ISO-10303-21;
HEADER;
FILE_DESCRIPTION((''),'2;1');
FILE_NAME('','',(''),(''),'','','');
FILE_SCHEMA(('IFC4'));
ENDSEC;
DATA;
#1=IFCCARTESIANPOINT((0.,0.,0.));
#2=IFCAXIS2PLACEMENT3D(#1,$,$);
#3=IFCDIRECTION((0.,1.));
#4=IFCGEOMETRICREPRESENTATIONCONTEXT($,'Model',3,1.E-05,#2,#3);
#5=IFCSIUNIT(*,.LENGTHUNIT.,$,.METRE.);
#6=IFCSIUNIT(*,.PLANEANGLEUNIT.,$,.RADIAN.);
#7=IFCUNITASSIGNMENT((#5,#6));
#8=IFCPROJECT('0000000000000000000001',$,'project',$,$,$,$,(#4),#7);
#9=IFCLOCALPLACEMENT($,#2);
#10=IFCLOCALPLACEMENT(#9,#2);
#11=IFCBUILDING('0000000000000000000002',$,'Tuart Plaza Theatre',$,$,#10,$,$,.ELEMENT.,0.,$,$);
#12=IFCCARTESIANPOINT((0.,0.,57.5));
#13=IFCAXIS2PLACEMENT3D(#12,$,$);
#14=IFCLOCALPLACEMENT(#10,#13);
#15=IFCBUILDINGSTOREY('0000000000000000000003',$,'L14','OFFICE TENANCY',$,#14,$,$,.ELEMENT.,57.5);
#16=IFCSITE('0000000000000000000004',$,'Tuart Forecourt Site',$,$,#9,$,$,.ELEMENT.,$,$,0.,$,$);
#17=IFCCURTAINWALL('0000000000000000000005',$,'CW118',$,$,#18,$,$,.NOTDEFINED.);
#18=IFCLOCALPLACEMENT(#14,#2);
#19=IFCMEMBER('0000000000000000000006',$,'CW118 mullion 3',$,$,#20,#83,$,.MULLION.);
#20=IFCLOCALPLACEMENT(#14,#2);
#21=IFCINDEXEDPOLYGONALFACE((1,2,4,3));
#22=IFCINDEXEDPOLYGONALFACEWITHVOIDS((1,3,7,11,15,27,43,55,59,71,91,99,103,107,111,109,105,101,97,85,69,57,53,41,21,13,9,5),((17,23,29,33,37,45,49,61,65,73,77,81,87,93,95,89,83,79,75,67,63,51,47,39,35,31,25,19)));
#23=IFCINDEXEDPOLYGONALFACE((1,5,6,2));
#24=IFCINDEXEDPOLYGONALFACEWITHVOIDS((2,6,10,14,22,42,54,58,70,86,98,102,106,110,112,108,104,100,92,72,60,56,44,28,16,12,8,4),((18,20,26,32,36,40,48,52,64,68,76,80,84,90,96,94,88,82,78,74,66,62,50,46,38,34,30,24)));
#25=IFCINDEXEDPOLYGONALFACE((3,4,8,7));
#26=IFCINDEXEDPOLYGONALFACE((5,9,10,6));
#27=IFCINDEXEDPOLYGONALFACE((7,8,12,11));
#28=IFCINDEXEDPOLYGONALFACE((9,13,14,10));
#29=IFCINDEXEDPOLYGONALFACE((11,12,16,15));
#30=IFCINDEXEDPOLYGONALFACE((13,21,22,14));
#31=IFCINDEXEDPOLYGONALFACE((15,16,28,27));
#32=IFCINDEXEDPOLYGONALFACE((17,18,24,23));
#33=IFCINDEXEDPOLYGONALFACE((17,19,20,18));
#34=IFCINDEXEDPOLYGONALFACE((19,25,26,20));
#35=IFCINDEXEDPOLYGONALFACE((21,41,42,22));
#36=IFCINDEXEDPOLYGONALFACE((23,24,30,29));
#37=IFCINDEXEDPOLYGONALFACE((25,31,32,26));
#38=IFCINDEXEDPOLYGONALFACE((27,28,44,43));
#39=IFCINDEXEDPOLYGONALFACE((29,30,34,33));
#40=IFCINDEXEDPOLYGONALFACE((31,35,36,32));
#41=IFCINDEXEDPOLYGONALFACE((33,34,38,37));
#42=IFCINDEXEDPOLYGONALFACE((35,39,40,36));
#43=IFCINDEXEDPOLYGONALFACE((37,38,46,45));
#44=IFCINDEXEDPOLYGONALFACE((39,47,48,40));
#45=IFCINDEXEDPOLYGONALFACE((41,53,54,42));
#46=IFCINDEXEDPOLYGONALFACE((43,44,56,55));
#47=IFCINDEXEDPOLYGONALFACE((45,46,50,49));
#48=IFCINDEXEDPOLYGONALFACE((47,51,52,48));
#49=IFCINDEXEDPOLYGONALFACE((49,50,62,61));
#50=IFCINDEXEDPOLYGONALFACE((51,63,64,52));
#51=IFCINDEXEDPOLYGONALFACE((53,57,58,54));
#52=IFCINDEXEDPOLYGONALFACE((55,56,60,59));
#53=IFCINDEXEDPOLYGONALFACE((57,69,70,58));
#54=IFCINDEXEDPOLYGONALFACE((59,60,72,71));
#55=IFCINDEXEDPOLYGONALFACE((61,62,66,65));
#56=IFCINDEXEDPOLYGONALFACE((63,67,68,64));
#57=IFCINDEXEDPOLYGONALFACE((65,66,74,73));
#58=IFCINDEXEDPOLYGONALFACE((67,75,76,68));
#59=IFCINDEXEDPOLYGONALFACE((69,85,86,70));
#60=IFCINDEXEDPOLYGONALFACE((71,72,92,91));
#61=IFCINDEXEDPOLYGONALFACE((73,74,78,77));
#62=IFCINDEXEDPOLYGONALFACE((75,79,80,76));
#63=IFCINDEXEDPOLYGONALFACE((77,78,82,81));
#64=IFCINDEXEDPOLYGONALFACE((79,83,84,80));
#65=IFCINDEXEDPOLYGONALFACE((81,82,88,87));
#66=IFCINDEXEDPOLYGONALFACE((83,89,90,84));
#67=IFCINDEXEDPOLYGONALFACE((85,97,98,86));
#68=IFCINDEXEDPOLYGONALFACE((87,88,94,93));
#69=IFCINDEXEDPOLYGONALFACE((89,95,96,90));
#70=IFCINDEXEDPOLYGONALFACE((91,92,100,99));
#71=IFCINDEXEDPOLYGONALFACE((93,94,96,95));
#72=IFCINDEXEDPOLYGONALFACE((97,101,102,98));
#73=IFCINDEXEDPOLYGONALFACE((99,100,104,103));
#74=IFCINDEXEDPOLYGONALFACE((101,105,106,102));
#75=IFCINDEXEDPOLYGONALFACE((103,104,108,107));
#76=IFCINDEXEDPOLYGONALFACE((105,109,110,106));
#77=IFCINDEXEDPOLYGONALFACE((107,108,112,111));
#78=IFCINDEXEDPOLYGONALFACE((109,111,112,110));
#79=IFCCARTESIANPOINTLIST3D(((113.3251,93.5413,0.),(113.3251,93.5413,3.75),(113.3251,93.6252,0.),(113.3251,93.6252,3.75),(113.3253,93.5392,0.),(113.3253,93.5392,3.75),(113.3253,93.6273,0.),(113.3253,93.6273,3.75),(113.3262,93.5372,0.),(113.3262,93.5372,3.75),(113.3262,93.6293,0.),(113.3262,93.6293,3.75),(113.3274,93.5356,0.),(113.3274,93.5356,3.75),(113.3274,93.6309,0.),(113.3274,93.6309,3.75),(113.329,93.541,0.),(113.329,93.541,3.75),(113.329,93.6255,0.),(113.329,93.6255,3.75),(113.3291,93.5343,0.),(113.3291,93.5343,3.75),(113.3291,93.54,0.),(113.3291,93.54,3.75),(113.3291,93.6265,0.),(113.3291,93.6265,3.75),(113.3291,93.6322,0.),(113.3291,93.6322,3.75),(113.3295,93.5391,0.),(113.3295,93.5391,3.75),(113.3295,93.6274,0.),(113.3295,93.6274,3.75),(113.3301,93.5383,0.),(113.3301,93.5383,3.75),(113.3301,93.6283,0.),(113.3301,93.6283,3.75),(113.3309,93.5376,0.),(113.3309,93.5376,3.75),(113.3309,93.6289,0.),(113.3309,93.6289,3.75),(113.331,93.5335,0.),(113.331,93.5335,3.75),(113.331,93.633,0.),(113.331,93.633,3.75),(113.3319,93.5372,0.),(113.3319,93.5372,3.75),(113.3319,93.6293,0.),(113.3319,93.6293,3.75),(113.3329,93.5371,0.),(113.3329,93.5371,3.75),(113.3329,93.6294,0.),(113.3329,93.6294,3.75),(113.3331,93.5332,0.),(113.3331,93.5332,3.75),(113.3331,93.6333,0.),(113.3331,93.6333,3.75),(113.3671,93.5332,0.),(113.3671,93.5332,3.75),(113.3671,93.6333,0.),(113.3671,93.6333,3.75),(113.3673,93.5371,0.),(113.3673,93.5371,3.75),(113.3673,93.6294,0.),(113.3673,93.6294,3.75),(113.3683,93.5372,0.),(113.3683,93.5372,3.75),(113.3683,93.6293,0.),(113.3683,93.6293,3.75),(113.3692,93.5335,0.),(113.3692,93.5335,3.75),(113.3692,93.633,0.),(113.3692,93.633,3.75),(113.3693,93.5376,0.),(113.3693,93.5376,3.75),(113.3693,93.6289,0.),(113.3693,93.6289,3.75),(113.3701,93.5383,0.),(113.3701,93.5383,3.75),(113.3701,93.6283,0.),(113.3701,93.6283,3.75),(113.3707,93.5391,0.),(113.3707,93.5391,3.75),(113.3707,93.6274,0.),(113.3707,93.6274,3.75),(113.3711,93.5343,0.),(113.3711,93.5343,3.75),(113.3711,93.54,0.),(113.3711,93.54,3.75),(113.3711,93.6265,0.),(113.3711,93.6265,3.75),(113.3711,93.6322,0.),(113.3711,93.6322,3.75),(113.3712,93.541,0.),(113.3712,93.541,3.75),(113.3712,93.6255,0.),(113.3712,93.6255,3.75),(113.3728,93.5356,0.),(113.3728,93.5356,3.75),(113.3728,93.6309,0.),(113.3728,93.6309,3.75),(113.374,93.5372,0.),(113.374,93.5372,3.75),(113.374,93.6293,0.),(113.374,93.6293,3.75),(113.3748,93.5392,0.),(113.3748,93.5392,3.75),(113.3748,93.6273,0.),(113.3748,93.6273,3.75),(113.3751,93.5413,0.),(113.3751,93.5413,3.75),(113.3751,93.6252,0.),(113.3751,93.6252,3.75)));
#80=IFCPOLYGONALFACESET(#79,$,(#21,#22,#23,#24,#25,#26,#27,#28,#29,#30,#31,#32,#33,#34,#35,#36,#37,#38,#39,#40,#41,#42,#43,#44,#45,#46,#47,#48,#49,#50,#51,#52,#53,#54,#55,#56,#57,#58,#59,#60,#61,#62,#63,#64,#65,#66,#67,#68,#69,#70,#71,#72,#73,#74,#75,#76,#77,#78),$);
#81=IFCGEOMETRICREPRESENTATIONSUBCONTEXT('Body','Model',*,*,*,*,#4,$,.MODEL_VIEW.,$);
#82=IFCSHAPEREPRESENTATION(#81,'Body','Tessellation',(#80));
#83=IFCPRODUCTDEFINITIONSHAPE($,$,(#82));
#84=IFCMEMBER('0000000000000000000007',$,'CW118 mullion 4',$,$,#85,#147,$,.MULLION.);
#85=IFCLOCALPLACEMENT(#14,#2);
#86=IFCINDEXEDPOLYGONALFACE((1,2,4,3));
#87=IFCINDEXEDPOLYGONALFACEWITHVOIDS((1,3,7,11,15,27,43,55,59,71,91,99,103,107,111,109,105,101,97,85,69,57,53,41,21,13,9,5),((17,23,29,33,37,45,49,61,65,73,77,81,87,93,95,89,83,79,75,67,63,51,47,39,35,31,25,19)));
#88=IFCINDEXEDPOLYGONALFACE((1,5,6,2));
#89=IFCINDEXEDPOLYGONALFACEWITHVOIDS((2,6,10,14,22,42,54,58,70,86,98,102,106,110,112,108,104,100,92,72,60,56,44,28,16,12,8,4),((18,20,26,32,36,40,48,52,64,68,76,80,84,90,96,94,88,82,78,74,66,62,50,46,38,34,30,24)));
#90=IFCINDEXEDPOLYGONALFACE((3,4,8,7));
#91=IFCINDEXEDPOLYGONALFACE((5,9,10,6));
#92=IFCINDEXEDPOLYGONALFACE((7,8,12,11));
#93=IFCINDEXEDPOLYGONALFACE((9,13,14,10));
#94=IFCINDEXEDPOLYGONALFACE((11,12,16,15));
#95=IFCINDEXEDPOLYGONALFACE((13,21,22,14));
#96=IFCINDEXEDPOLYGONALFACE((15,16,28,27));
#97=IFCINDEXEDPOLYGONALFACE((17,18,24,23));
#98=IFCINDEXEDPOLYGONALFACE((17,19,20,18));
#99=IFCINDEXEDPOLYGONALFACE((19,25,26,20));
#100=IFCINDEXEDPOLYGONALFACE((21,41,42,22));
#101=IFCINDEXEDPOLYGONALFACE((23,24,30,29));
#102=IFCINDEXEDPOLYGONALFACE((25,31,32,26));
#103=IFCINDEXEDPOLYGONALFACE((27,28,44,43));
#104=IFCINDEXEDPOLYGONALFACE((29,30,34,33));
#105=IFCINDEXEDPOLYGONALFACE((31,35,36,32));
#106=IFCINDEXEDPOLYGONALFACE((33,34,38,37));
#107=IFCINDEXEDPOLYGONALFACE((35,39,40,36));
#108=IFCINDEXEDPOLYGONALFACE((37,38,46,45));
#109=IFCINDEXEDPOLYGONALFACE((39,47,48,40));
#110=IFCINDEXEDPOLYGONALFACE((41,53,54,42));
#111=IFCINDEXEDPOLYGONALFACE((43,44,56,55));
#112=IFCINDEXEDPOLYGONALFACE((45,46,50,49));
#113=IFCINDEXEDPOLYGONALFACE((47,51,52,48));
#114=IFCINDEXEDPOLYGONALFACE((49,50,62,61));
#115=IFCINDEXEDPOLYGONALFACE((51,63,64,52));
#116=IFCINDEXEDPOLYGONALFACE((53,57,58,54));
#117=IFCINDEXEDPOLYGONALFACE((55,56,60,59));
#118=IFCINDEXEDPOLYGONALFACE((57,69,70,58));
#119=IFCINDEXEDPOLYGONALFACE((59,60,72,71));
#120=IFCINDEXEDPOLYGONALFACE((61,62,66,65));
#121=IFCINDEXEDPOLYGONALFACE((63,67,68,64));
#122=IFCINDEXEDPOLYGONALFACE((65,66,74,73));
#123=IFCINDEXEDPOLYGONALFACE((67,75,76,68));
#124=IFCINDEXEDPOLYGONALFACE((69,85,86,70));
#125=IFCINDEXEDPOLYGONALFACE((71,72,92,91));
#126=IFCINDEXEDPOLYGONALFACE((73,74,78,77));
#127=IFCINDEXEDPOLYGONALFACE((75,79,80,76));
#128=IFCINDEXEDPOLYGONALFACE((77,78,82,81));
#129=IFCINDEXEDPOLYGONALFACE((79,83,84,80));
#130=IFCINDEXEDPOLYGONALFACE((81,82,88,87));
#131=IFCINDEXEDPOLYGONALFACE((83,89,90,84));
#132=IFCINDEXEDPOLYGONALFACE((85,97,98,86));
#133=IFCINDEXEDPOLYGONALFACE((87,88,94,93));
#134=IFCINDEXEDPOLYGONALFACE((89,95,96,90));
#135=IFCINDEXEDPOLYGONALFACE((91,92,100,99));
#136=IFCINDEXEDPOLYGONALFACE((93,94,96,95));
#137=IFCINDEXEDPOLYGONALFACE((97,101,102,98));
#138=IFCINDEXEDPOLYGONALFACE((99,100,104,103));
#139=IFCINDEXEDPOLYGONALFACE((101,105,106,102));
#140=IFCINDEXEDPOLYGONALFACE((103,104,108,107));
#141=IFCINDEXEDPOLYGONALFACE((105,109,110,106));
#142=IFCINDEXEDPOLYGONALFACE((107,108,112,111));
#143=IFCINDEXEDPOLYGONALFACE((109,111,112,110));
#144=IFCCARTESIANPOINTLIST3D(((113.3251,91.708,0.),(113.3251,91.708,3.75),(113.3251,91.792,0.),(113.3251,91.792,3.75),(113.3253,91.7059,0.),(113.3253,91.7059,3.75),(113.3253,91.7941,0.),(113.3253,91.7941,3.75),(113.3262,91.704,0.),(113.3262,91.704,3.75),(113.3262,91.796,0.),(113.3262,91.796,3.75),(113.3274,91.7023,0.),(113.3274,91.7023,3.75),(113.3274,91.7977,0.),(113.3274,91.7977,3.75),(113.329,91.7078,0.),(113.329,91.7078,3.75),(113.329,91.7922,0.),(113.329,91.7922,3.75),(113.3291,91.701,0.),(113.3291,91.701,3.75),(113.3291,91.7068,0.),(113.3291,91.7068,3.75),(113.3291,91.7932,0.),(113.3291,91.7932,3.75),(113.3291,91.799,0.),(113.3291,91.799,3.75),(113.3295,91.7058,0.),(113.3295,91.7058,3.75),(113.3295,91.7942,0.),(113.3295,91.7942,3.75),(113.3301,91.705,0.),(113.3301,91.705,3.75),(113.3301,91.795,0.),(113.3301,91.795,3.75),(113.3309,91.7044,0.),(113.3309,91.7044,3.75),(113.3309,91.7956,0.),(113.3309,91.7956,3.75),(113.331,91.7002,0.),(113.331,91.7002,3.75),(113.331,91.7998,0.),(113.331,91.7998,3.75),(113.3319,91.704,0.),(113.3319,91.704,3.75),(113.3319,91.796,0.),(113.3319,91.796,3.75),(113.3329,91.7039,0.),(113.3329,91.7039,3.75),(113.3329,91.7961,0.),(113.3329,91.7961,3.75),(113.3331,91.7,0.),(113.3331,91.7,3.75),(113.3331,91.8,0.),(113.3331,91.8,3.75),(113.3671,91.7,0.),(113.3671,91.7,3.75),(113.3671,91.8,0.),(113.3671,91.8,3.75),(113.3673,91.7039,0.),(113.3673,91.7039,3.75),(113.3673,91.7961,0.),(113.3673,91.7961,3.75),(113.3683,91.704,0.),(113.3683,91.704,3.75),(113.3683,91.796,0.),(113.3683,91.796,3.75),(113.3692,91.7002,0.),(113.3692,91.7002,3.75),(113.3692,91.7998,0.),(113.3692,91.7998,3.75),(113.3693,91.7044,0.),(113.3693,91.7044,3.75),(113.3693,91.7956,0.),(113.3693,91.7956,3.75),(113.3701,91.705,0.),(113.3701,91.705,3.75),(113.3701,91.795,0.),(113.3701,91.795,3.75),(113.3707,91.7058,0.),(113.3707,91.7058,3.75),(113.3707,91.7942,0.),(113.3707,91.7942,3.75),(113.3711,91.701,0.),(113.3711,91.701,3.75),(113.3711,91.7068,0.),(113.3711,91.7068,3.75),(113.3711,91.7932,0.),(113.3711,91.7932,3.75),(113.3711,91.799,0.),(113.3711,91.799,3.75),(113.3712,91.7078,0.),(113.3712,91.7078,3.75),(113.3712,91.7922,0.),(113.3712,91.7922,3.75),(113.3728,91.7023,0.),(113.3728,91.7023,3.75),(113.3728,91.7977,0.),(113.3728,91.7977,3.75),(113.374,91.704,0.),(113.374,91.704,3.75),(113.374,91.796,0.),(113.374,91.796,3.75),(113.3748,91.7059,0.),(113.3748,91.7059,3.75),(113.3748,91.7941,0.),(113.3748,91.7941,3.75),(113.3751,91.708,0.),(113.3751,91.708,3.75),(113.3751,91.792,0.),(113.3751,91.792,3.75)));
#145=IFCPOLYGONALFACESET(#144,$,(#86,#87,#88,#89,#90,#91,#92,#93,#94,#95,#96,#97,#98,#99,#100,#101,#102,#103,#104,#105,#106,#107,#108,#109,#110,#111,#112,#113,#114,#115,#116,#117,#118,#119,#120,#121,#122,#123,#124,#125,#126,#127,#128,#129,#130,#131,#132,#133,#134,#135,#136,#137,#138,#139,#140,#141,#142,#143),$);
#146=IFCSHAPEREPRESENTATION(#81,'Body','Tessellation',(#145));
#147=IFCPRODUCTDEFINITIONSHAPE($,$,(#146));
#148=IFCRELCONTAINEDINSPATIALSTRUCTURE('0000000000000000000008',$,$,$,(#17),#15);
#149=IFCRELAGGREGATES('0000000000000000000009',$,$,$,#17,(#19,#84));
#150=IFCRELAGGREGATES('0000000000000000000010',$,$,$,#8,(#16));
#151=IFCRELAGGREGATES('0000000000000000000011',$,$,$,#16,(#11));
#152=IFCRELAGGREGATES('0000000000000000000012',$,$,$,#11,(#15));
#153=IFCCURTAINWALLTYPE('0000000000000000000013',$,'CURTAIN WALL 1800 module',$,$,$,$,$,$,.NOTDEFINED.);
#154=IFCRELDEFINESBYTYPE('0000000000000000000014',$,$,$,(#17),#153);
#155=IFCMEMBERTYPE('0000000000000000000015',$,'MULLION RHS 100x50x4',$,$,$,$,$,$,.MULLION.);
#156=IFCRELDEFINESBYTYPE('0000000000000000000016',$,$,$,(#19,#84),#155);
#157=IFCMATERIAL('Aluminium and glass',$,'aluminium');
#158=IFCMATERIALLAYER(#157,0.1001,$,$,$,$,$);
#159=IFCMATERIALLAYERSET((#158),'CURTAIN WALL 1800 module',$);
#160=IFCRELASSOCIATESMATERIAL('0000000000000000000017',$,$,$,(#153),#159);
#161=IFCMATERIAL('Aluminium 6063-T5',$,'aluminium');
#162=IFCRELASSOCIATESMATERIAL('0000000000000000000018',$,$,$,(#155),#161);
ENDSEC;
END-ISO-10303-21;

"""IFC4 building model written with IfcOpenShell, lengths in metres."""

from ifc_helpers import new_model, si_unit, direction, frame, origin, origin_2d, place, context, subcontext, project, spatial, hollow_rectangle, extrude, material, layer, layer_set, material_profile, profile_set, type_object, element, aggregate, save


model = new_model("IFC4")

# Units and contexts
model_context = context("Model", 3, precision=1e-05, world=origin(), true_north=direction((0.0, 1.0)))
body_context = subcontext(model_context, "Body", "Model", "MODEL_VIEW")
ifc_project = project(units=[si_unit("LENGTHUNIT", "METRE"), si_unit("PLANEANGLEUNIT", "RADIAN")], contexts=[model_context])

# Site, building, storey
site_placement = place(None, origin())
site = spatial("IfcSite", under=ifc_project, at=site_placement, Name="Tuart Forecourt Site", CompositionType="ELEMENT", RefElevation=0.0)
building_placement = place(site_placement, origin())
building = spatial("IfcBuilding", under=site, at=building_placement, Name="Tuart Plaza Theatre", CompositionType="ELEMENT", ElevationOfRefHeight=0.0)
storey_placement = place(building_placement, frame((0.0, 0.0, 57.5)))
storey = spatial("IfcBuildingStorey", under=building, at=storey_placement, Name="L14", Description="OFFICE TENANCY", CompositionType="ELEMENT", Elevation=57.5)

# Curtain wall, members
ifc_material_1 = material(Name="Aluminium and glass", Category="aluminium")
ifc_layer_1 = layer(ifc_material_1, 0.1001)
ifc_layer_set_1 = layer_set([ifc_layer_1], Name="CURTAIN WALL 1800 module")
curtain_wall_type = type_object("IfcCurtainWallType", Name="CURTAIN WALL 1800 module", PredefinedType="NOTDEFINED", material=ifc_layer_set_1)
curtain_wall_placement = place(storey_placement, origin())
curtain_wall = element("IfcCurtainWall", 1, at=curtain_wall_placement, inside=storey, type_object=curtain_wall_type, Name="CW118", PredefinedType="NOTDEFINED")
ifc_material_2 = material(Name="Aluminium 6063-T5", Category="aluminium")
ifc_material_profile = material_profile(ifc_material_2, hollow_rectangle(XDim=0.05, YDim=0.1001, WallThickness=0.0039, InnerFilletRadius=0.0039, OuterFilletRadius=0.0081, at=origin_2d()), Name="RHS 100x50x4")
ifc_profile_set = profile_set([ifc_material_profile], Name="Aluminium 6063-T5")
member_type = type_object("IfcMemberType", Name="MULLION RHS 100x50x4", PredefinedType="MULLION", material=ifc_profile_set)
member_1_placement = place(storey_placement, frame((113.3501, 93.5833, 0.0), z_axis=(0.0, 0.0, 1.0), x_axis=(1.0, 0.0, 0.0)))
member_1 = element("IfcMember", 2, at=member_1_placement, type_object=member_type, Name="CW118 mullion 3", PredefinedType="MULLION", context=body_context, shape_type="SweptSolid", body=[
    extrude(hollow_rectangle(XDim=0.05, YDim=0.1001, WallThickness=0.0039, InnerFilletRadius=0.0039, OuterFilletRadius=0.0081, at=origin_2d()), origin(), (0.0, 0.0, 1.0), 3.75),
])
member_2_placement = place(storey_placement, frame((113.3501, 91.75, 0.0), z_axis=(0.0, 0.0, 1.0), x_axis=(1.0, 0.0, 0.0)))
member_2 = element("IfcMember", 3, at=member_2_placement, type_object=member_type, Name="CW118 mullion 4", PredefinedType="MULLION", context=body_context, shape_type="SweptSolid", body=[
    extrude(hollow_rectangle(XDim=0.05, YDim=0.1001, WallThickness=0.0039, InnerFilletRadius=0.0039, OuterFilletRadius=0.0081, at=origin_2d()), origin(), (0.0, 0.0, 1.0), 3.75),
])
aggregate(curtain_wall, [member_1, member_2])

save(model, "model.ifc")
